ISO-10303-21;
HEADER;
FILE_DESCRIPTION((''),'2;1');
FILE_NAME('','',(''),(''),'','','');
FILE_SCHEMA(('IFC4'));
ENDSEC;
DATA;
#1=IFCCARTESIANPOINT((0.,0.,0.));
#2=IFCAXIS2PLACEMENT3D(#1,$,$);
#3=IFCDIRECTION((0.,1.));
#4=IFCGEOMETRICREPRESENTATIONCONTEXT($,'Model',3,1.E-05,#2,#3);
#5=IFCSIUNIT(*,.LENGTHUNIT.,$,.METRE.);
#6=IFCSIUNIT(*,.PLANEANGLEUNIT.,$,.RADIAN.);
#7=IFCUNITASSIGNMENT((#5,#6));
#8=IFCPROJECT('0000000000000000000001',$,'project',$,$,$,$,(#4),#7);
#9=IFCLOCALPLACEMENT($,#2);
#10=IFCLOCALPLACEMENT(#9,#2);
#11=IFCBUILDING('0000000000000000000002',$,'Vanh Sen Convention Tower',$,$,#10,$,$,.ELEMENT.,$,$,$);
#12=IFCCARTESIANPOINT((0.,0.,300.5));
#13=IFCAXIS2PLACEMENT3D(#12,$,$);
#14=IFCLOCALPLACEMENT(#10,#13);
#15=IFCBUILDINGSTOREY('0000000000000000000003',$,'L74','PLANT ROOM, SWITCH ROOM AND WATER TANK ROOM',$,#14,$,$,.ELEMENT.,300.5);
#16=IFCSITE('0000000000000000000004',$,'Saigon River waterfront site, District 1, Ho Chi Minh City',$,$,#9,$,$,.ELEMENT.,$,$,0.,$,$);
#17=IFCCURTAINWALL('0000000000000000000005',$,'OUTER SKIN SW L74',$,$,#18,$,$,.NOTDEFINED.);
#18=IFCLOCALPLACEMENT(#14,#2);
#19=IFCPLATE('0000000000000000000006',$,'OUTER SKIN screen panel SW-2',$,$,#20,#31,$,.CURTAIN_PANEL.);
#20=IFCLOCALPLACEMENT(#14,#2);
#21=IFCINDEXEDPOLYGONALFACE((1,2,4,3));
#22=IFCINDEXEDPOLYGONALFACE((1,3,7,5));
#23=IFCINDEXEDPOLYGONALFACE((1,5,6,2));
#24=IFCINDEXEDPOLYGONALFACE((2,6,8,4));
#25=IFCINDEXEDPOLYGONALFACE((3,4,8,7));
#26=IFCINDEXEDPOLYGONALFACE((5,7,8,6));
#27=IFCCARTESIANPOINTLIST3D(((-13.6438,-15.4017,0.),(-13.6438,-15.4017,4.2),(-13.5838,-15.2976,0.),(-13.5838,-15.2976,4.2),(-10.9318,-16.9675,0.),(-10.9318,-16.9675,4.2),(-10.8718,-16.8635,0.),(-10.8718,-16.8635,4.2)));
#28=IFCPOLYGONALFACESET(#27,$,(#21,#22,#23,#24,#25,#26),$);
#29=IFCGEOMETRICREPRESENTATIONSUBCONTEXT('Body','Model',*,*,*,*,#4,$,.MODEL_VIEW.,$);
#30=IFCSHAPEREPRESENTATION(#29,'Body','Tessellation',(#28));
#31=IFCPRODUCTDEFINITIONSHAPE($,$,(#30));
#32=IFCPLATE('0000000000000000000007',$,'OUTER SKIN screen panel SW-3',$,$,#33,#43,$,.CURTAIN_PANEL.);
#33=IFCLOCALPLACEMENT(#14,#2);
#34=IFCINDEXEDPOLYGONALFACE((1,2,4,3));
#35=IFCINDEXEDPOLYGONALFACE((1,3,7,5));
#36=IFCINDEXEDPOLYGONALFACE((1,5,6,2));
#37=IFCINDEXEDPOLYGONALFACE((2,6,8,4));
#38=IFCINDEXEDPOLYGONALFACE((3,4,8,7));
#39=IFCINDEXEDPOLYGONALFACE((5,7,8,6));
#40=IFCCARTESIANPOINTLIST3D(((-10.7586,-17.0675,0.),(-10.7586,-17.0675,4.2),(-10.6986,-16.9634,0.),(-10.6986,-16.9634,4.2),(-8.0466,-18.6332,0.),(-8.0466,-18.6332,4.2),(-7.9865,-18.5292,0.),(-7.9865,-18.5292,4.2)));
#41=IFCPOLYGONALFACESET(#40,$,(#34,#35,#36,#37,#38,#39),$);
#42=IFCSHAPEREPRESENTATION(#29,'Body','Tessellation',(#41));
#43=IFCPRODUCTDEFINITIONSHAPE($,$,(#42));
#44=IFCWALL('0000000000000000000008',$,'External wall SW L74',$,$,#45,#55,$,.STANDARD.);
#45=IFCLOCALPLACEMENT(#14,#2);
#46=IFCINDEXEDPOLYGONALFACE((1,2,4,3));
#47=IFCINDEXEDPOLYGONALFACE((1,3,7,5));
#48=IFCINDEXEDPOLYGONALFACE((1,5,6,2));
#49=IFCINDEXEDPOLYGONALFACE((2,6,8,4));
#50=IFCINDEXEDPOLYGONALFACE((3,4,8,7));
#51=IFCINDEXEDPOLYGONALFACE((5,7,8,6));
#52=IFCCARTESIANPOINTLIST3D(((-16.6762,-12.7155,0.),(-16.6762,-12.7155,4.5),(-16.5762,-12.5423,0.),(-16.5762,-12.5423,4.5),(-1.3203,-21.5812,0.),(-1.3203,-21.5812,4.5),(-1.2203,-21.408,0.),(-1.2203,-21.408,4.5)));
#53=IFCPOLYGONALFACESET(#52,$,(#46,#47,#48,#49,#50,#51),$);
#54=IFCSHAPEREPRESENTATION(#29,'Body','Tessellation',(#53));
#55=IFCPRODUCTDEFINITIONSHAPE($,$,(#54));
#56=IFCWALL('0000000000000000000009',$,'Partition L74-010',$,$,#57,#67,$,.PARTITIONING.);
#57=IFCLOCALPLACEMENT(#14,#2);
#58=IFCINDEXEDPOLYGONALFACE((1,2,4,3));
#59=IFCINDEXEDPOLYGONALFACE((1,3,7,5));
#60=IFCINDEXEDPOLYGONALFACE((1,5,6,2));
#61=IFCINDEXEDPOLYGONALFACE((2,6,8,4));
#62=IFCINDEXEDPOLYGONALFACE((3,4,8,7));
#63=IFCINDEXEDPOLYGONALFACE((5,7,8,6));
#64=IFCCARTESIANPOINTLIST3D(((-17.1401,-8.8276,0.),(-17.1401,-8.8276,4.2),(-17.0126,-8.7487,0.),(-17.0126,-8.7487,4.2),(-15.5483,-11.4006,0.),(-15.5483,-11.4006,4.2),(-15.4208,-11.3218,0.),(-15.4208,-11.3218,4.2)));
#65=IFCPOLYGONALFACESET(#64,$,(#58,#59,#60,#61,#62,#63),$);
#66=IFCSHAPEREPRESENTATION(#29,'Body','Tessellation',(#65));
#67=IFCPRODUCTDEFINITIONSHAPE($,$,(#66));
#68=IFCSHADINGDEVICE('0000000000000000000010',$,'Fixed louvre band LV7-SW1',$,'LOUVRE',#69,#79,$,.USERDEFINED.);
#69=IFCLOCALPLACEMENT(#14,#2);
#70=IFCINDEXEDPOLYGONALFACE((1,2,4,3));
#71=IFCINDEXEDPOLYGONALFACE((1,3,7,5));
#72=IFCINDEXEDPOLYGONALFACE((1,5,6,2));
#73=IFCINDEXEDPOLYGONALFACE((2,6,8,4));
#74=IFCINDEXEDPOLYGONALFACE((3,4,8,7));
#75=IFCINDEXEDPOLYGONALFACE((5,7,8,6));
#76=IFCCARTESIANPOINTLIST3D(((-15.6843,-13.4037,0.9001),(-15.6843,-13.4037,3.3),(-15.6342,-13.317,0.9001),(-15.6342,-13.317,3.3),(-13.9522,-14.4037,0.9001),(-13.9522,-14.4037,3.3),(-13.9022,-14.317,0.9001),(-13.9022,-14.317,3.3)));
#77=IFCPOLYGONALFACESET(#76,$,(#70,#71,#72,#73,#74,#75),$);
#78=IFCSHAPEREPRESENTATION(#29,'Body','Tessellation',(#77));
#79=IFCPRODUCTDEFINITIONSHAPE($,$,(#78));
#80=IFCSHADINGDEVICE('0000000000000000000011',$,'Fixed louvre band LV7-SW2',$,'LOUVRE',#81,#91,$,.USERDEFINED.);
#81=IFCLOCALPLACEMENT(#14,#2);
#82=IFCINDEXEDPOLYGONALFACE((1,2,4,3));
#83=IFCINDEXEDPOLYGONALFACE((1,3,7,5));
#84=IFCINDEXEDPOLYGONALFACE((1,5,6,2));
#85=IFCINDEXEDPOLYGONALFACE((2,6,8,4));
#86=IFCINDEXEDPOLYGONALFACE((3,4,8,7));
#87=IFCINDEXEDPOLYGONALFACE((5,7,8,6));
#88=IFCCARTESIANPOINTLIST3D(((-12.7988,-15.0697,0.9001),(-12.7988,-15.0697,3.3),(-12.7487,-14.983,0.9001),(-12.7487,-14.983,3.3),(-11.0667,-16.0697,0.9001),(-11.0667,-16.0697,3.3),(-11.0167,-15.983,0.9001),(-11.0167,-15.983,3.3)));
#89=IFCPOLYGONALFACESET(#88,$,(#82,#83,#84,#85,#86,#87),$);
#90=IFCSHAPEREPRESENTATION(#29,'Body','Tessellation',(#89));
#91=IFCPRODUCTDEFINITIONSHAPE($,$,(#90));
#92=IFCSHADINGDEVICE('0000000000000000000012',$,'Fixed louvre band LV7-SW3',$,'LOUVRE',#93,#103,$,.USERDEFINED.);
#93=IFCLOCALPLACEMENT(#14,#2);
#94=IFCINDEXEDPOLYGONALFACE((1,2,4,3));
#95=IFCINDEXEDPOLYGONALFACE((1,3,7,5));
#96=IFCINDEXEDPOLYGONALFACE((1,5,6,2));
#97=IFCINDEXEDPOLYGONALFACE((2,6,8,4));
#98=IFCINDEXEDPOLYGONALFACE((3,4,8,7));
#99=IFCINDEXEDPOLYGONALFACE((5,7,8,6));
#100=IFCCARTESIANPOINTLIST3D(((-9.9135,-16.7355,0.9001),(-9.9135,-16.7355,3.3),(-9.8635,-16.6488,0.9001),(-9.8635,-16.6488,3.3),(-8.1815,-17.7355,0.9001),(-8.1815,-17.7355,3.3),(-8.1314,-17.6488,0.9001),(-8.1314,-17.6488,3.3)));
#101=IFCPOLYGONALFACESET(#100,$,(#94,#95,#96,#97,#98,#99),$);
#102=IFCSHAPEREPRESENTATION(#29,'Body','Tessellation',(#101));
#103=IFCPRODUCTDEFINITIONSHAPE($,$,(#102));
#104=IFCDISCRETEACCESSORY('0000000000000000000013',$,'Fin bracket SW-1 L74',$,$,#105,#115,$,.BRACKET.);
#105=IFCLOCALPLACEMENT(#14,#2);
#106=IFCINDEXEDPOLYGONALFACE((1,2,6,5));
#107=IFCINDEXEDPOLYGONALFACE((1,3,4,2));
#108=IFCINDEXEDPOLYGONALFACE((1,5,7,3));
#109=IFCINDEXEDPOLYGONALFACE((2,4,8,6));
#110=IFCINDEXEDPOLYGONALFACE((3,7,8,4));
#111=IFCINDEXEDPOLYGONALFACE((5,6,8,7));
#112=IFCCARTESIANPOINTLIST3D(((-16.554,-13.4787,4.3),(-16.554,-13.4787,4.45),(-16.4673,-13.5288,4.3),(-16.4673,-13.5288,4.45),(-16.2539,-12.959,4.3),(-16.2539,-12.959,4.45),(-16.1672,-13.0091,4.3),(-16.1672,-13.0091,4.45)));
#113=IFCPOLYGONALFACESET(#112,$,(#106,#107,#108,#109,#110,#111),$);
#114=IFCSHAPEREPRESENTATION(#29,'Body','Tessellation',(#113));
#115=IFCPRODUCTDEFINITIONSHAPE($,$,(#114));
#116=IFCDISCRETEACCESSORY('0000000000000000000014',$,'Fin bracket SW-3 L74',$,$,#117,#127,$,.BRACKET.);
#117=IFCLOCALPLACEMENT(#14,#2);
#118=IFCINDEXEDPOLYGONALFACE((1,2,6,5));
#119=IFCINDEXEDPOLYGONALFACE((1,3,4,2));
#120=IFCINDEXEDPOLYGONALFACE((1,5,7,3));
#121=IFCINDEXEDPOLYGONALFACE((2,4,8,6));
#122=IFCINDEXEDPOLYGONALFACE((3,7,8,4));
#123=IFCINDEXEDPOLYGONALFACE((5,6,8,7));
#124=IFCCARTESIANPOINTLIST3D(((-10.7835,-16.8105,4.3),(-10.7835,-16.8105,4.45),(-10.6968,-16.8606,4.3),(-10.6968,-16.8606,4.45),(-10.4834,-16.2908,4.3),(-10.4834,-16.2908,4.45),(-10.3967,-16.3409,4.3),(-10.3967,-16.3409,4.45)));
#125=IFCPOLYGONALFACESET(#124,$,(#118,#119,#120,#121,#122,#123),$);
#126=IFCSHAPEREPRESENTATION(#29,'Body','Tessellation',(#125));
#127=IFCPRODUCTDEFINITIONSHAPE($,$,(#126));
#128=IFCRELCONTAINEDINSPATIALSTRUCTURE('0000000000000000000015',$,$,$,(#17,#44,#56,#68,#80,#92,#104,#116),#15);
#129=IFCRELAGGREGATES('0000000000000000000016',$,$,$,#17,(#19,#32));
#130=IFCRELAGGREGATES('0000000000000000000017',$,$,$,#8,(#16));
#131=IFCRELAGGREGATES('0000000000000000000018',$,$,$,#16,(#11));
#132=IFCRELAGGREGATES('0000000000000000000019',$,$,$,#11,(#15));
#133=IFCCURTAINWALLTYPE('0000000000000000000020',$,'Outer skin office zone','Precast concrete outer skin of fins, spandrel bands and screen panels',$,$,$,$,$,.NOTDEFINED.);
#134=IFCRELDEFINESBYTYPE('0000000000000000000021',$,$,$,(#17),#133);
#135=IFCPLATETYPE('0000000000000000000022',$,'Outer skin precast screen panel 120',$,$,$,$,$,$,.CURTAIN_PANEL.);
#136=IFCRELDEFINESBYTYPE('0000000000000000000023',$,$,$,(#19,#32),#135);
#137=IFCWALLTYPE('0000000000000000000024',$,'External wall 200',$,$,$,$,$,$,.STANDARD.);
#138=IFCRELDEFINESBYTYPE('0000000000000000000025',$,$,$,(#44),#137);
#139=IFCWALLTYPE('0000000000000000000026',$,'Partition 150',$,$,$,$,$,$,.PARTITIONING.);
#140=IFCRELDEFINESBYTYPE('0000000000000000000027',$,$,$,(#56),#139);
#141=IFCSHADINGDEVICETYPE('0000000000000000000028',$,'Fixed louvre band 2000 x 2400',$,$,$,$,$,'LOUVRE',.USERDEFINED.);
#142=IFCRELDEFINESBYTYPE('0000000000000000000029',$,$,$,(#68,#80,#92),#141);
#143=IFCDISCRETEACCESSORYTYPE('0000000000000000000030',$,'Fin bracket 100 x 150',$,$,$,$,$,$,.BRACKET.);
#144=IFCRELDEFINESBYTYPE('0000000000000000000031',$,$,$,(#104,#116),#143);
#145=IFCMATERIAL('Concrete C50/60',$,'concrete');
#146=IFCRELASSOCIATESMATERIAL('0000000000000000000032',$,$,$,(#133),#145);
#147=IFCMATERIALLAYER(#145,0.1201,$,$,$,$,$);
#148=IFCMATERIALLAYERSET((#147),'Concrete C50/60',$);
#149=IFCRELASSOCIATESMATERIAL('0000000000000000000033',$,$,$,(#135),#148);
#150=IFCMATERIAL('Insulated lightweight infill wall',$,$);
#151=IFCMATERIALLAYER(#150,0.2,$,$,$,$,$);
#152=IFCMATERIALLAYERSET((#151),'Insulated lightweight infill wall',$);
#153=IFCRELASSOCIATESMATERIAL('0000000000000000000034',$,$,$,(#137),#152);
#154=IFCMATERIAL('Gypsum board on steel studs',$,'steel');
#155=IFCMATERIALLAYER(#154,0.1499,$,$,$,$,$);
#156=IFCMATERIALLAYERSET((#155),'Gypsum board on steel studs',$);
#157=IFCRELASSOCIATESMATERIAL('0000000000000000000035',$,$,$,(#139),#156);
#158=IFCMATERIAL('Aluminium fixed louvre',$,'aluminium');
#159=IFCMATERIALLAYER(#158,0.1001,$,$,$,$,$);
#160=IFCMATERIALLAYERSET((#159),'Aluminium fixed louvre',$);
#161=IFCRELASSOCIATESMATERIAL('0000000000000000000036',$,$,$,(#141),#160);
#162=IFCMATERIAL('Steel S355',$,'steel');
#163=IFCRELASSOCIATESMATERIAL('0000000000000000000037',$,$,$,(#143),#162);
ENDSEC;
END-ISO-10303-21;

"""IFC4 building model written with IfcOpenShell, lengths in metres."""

from ifc_helpers import new_model, si_unit, direction, frame, frame_2d, origin, origin_2d, place, context, subcontext, project, spatial, rectangle, extrude, material, layer, layer_set, type_object, element, aggregate, save


model = new_model("IFC4")

# Units and contexts
model_context = context("Model", 3, precision=1e-05, world=origin(), true_north=direction((0.0, 1.0)))
body_context = subcontext(model_context, "Body", "Model", "MODEL_VIEW")
ifc_project = project(units=[si_unit("LENGTHUNIT", "METRE"), si_unit("PLANEANGLEUNIT", "RADIAN")], contexts=[model_context])

# Site, building, storey
site_placement = place(None, origin())
site = spatial("IfcSite", under=ifc_project, at=site_placement, Name="Saigon River waterfront site, District 1, Ho Chi Minh City", CompositionType="ELEMENT", RefElevation=0.0)
building_placement = place(site_placement, origin())
building = spatial("IfcBuilding", under=site, at=building_placement, Name="Vanh Sen Convention Tower", CompositionType="ELEMENT")
storey_placement = place(building_placement, frame((0.0, 0.0, 300.5)))
storey = spatial("IfcBuildingStorey", under=building, at=storey_placement, Name="L74", Description="PLANT ROOM, SWITCH ROOM AND WATER TANK ROOM", CompositionType="ELEMENT", Elevation=300.5)

# Curtain wall
ifc_material_1 = material(Name="Concrete C50/60", Category="concrete")
curtain_wall_type = type_object("IfcCurtainWallType", Name="Outer skin office zone", Description="Precast concrete outer skin of fins, spandrel bands and screen panels", PredefinedType="NOTDEFINED", material=ifc_material_1)
curtain_wall_placement = place(storey_placement, origin())
curtain_wall = element("IfcCurtainWall", 1, at=curtain_wall_placement, inside=storey, type_object=curtain_wall_type, Name="OUTER SKIN SW L74", PredefinedType="NOTDEFINED")

# Plates
ifc_layer_1 = layer(ifc_material_1, 0.1201)
ifc_layer_set_1 = layer_set([ifc_layer_1], Name="Concrete C50/60")
plate_type = type_object("IfcPlateType", Name="Outer skin precast screen panel 120", PredefinedType="CURTAIN_PANEL", material=ifc_layer_set_1)
plate_1_placement = place(storey_placement, frame((-12.2578, -16.1326, 0.0), z_axis=(0.0, 0.0, 1.0), x_axis=(0.866016, -0.500017, 0.0)))
plate_1 = element("IfcPlate", 2, at=plate_1_placement, type_object=plate_type, Name="OUTER SKIN screen panel SW-2", PredefinedType="CURTAIN_PANEL", context=body_context, shape_type="SweptSolid", body=[
    extrude(rectangle(XDim=3.1316, YDim=0.1201, at=origin_2d()), origin(), (0.0, 0.0, 1.0), 4.2),
])
plate_2_placement = place(storey_placement, frame((-9.3726, -17.7983, 0.0), z_axis=(0.0, 0.0, 1.0), x_axis=(0.866029, -0.499994, 0.0)))
plate_2 = element("IfcPlate", 3, at=plate_2_placement, type_object=plate_type, Name="OUTER SKIN screen panel SW-3", PredefinedType="CURTAIN_PANEL", context=body_context, shape_type="SweptSolid", body=[
    extrude(rectangle(XDim=3.1316, YDim=0.1201, at=origin_2d()), origin(), (0.0, 0.0, 1.0), 4.2),
])
aggregate(curtain_wall, [plate_1, plate_2])

# Walls
ifc_material_2 = material(Name="Insulated lightweight infill wall")
ifc_layer_2 = layer(ifc_material_2, 0.2)
ifc_layer_set_2 = layer_set([ifc_layer_2], Name="Insulated lightweight infill wall")
wall_type_1 = type_object("IfcWallType", Name="External wall 200", PredefinedType="STANDARD", material=ifc_layer_set_2)
wall_1_placement = place(storey_placement, frame((-16.6262, -12.6289, 0.0), z_axis=(0.0, 0.0, 1.0), x_axis=(0.866026, -0.499998, 0.0)))
element("IfcWall", 4, at=wall_1_placement, inside=storey, type_object=wall_type_1, Name="External wall SW L74", PredefinedType="STANDARD", context=body_context, shape_type="SweptSolid", body=[
    extrude(rectangle(XDim=17.7314, YDim=0.2, at=frame_2d((8.8657, 0.0))), origin(), (0.0, 0.0, 1.0), 4.5),
])
ifc_material_3 = material(Name="Gypsum board on steel studs", Category="steel")
ifc_layer_3 = layer(ifc_material_3, 0.1499)
ifc_layer_set_3 = layer_set([ifc_layer_3], Name="Gypsum board on steel studs")
wall_type_2 = type_object("IfcWallType", Name="Partition 150", PredefinedType="PARTITIONING", material=ifc_layer_set_3)
wall_2_placement = place(storey_placement, frame((-15.4846, -11.3611, 0.0), z_axis=(0.0, 0.0, 1.0), x_axis=(-0.526113, 0.850415, 0.0)))
element("IfcWall", 5, at=wall_2_placement, inside=storey, type_object=wall_type_2, Name="Partition L74-010", PredefinedType="PARTITIONING", context=body_context, shape_type="SweptSolid", body=[
    extrude(rectangle(XDim=3.0256, YDim=0.1499, at=frame_2d((1.5127, 0.0))), origin(), (0.0, 0.0, 1.0), 4.2),
])

# Shading devices
ifc_material_4 = material(Name="Aluminium fixed louvre", Category="aluminium")
ifc_layer_4 = layer(ifc_material_4, 0.1001)
ifc_layer_set_4 = layer_set([ifc_layer_4], Name="Aluminium fixed louvre")
shading_device_type = type_object("IfcShadingDeviceType", Name="Fixed louvre band 2000 x 2400", ElementType="LOUVRE", PredefinedType="USERDEFINED", material=ifc_layer_set_4)
for number, where, z_axis, x_axis, name in (
    (6, (-14.7932, -13.8604, 0.9001), (0.0, 0.0, 1.0), (0.866024, -0.500003, 0.0), "Fixed louvre band LV7-SW1"),
    (7, (-11.9077, -15.5264, 0.9001), (0.0, 0.0, 1.0), (0.866024, -0.500003, 0.0), "Fixed louvre band LV7-SW2"),
    (8, (-9.0225, -17.1921, 0.9001), (0.0, 0.0, 1.0), (0.866024, -0.500003, 0.0), "Fixed louvre band LV7-SW3"),
):
    element("IfcShadingDevice", number, at=place(storey_placement, frame(where, z_axis=z_axis, x_axis=x_axis)), inside=storey, type_object=shading_device_type, Name=name, ObjectType="LOUVRE", PredefinedType="USERDEFINED", context=body_context, shape_type="SweptSolid", body=[
        extrude(rectangle(XDim=2.0, YDim=0.1001, at=origin_2d()), origin(), (0.0, 0.0, 1.0), 2.3999),
    ])

# Discrete accessories
ifc_material_5 = material(Name="Steel S355", Category="steel")
discrete_accessory_type = type_object("IfcDiscreteAccessoryType", Name="Fin bracket 100 x 150", PredefinedType="BRACKET", material=ifc_material_5)
for number, where, z_axis, x_axis, name in (
    (9, (-16.3606, -13.2439, 4.3), (0.0, 0.0, 1.0), (-0.5, -0.866025, 0.0), "Fin bracket SW-1 L74"),
    (10, (-10.5901, -16.5757, 4.3), (0.0, 0.0, 1.0), (-0.5, -0.866025, 0.0), "Fin bracket SW-3 L74"),
):
    element("IfcDiscreteAccessory", number, at=place(storey_placement, frame(where, z_axis=z_axis, x_axis=x_axis)), inside=storey, type_object=discrete_accessory_type, Name=name, PredefinedType="BRACKET", context=body_context, shape_type="SweptSolid", body=[
        extrude(rectangle(XDim=0.6001, YDim=0.1001, at=origin_2d()), origin(), (0.0, 0.0, 1.0), 0.1499),
    ])

save(model, "model.ifc")
